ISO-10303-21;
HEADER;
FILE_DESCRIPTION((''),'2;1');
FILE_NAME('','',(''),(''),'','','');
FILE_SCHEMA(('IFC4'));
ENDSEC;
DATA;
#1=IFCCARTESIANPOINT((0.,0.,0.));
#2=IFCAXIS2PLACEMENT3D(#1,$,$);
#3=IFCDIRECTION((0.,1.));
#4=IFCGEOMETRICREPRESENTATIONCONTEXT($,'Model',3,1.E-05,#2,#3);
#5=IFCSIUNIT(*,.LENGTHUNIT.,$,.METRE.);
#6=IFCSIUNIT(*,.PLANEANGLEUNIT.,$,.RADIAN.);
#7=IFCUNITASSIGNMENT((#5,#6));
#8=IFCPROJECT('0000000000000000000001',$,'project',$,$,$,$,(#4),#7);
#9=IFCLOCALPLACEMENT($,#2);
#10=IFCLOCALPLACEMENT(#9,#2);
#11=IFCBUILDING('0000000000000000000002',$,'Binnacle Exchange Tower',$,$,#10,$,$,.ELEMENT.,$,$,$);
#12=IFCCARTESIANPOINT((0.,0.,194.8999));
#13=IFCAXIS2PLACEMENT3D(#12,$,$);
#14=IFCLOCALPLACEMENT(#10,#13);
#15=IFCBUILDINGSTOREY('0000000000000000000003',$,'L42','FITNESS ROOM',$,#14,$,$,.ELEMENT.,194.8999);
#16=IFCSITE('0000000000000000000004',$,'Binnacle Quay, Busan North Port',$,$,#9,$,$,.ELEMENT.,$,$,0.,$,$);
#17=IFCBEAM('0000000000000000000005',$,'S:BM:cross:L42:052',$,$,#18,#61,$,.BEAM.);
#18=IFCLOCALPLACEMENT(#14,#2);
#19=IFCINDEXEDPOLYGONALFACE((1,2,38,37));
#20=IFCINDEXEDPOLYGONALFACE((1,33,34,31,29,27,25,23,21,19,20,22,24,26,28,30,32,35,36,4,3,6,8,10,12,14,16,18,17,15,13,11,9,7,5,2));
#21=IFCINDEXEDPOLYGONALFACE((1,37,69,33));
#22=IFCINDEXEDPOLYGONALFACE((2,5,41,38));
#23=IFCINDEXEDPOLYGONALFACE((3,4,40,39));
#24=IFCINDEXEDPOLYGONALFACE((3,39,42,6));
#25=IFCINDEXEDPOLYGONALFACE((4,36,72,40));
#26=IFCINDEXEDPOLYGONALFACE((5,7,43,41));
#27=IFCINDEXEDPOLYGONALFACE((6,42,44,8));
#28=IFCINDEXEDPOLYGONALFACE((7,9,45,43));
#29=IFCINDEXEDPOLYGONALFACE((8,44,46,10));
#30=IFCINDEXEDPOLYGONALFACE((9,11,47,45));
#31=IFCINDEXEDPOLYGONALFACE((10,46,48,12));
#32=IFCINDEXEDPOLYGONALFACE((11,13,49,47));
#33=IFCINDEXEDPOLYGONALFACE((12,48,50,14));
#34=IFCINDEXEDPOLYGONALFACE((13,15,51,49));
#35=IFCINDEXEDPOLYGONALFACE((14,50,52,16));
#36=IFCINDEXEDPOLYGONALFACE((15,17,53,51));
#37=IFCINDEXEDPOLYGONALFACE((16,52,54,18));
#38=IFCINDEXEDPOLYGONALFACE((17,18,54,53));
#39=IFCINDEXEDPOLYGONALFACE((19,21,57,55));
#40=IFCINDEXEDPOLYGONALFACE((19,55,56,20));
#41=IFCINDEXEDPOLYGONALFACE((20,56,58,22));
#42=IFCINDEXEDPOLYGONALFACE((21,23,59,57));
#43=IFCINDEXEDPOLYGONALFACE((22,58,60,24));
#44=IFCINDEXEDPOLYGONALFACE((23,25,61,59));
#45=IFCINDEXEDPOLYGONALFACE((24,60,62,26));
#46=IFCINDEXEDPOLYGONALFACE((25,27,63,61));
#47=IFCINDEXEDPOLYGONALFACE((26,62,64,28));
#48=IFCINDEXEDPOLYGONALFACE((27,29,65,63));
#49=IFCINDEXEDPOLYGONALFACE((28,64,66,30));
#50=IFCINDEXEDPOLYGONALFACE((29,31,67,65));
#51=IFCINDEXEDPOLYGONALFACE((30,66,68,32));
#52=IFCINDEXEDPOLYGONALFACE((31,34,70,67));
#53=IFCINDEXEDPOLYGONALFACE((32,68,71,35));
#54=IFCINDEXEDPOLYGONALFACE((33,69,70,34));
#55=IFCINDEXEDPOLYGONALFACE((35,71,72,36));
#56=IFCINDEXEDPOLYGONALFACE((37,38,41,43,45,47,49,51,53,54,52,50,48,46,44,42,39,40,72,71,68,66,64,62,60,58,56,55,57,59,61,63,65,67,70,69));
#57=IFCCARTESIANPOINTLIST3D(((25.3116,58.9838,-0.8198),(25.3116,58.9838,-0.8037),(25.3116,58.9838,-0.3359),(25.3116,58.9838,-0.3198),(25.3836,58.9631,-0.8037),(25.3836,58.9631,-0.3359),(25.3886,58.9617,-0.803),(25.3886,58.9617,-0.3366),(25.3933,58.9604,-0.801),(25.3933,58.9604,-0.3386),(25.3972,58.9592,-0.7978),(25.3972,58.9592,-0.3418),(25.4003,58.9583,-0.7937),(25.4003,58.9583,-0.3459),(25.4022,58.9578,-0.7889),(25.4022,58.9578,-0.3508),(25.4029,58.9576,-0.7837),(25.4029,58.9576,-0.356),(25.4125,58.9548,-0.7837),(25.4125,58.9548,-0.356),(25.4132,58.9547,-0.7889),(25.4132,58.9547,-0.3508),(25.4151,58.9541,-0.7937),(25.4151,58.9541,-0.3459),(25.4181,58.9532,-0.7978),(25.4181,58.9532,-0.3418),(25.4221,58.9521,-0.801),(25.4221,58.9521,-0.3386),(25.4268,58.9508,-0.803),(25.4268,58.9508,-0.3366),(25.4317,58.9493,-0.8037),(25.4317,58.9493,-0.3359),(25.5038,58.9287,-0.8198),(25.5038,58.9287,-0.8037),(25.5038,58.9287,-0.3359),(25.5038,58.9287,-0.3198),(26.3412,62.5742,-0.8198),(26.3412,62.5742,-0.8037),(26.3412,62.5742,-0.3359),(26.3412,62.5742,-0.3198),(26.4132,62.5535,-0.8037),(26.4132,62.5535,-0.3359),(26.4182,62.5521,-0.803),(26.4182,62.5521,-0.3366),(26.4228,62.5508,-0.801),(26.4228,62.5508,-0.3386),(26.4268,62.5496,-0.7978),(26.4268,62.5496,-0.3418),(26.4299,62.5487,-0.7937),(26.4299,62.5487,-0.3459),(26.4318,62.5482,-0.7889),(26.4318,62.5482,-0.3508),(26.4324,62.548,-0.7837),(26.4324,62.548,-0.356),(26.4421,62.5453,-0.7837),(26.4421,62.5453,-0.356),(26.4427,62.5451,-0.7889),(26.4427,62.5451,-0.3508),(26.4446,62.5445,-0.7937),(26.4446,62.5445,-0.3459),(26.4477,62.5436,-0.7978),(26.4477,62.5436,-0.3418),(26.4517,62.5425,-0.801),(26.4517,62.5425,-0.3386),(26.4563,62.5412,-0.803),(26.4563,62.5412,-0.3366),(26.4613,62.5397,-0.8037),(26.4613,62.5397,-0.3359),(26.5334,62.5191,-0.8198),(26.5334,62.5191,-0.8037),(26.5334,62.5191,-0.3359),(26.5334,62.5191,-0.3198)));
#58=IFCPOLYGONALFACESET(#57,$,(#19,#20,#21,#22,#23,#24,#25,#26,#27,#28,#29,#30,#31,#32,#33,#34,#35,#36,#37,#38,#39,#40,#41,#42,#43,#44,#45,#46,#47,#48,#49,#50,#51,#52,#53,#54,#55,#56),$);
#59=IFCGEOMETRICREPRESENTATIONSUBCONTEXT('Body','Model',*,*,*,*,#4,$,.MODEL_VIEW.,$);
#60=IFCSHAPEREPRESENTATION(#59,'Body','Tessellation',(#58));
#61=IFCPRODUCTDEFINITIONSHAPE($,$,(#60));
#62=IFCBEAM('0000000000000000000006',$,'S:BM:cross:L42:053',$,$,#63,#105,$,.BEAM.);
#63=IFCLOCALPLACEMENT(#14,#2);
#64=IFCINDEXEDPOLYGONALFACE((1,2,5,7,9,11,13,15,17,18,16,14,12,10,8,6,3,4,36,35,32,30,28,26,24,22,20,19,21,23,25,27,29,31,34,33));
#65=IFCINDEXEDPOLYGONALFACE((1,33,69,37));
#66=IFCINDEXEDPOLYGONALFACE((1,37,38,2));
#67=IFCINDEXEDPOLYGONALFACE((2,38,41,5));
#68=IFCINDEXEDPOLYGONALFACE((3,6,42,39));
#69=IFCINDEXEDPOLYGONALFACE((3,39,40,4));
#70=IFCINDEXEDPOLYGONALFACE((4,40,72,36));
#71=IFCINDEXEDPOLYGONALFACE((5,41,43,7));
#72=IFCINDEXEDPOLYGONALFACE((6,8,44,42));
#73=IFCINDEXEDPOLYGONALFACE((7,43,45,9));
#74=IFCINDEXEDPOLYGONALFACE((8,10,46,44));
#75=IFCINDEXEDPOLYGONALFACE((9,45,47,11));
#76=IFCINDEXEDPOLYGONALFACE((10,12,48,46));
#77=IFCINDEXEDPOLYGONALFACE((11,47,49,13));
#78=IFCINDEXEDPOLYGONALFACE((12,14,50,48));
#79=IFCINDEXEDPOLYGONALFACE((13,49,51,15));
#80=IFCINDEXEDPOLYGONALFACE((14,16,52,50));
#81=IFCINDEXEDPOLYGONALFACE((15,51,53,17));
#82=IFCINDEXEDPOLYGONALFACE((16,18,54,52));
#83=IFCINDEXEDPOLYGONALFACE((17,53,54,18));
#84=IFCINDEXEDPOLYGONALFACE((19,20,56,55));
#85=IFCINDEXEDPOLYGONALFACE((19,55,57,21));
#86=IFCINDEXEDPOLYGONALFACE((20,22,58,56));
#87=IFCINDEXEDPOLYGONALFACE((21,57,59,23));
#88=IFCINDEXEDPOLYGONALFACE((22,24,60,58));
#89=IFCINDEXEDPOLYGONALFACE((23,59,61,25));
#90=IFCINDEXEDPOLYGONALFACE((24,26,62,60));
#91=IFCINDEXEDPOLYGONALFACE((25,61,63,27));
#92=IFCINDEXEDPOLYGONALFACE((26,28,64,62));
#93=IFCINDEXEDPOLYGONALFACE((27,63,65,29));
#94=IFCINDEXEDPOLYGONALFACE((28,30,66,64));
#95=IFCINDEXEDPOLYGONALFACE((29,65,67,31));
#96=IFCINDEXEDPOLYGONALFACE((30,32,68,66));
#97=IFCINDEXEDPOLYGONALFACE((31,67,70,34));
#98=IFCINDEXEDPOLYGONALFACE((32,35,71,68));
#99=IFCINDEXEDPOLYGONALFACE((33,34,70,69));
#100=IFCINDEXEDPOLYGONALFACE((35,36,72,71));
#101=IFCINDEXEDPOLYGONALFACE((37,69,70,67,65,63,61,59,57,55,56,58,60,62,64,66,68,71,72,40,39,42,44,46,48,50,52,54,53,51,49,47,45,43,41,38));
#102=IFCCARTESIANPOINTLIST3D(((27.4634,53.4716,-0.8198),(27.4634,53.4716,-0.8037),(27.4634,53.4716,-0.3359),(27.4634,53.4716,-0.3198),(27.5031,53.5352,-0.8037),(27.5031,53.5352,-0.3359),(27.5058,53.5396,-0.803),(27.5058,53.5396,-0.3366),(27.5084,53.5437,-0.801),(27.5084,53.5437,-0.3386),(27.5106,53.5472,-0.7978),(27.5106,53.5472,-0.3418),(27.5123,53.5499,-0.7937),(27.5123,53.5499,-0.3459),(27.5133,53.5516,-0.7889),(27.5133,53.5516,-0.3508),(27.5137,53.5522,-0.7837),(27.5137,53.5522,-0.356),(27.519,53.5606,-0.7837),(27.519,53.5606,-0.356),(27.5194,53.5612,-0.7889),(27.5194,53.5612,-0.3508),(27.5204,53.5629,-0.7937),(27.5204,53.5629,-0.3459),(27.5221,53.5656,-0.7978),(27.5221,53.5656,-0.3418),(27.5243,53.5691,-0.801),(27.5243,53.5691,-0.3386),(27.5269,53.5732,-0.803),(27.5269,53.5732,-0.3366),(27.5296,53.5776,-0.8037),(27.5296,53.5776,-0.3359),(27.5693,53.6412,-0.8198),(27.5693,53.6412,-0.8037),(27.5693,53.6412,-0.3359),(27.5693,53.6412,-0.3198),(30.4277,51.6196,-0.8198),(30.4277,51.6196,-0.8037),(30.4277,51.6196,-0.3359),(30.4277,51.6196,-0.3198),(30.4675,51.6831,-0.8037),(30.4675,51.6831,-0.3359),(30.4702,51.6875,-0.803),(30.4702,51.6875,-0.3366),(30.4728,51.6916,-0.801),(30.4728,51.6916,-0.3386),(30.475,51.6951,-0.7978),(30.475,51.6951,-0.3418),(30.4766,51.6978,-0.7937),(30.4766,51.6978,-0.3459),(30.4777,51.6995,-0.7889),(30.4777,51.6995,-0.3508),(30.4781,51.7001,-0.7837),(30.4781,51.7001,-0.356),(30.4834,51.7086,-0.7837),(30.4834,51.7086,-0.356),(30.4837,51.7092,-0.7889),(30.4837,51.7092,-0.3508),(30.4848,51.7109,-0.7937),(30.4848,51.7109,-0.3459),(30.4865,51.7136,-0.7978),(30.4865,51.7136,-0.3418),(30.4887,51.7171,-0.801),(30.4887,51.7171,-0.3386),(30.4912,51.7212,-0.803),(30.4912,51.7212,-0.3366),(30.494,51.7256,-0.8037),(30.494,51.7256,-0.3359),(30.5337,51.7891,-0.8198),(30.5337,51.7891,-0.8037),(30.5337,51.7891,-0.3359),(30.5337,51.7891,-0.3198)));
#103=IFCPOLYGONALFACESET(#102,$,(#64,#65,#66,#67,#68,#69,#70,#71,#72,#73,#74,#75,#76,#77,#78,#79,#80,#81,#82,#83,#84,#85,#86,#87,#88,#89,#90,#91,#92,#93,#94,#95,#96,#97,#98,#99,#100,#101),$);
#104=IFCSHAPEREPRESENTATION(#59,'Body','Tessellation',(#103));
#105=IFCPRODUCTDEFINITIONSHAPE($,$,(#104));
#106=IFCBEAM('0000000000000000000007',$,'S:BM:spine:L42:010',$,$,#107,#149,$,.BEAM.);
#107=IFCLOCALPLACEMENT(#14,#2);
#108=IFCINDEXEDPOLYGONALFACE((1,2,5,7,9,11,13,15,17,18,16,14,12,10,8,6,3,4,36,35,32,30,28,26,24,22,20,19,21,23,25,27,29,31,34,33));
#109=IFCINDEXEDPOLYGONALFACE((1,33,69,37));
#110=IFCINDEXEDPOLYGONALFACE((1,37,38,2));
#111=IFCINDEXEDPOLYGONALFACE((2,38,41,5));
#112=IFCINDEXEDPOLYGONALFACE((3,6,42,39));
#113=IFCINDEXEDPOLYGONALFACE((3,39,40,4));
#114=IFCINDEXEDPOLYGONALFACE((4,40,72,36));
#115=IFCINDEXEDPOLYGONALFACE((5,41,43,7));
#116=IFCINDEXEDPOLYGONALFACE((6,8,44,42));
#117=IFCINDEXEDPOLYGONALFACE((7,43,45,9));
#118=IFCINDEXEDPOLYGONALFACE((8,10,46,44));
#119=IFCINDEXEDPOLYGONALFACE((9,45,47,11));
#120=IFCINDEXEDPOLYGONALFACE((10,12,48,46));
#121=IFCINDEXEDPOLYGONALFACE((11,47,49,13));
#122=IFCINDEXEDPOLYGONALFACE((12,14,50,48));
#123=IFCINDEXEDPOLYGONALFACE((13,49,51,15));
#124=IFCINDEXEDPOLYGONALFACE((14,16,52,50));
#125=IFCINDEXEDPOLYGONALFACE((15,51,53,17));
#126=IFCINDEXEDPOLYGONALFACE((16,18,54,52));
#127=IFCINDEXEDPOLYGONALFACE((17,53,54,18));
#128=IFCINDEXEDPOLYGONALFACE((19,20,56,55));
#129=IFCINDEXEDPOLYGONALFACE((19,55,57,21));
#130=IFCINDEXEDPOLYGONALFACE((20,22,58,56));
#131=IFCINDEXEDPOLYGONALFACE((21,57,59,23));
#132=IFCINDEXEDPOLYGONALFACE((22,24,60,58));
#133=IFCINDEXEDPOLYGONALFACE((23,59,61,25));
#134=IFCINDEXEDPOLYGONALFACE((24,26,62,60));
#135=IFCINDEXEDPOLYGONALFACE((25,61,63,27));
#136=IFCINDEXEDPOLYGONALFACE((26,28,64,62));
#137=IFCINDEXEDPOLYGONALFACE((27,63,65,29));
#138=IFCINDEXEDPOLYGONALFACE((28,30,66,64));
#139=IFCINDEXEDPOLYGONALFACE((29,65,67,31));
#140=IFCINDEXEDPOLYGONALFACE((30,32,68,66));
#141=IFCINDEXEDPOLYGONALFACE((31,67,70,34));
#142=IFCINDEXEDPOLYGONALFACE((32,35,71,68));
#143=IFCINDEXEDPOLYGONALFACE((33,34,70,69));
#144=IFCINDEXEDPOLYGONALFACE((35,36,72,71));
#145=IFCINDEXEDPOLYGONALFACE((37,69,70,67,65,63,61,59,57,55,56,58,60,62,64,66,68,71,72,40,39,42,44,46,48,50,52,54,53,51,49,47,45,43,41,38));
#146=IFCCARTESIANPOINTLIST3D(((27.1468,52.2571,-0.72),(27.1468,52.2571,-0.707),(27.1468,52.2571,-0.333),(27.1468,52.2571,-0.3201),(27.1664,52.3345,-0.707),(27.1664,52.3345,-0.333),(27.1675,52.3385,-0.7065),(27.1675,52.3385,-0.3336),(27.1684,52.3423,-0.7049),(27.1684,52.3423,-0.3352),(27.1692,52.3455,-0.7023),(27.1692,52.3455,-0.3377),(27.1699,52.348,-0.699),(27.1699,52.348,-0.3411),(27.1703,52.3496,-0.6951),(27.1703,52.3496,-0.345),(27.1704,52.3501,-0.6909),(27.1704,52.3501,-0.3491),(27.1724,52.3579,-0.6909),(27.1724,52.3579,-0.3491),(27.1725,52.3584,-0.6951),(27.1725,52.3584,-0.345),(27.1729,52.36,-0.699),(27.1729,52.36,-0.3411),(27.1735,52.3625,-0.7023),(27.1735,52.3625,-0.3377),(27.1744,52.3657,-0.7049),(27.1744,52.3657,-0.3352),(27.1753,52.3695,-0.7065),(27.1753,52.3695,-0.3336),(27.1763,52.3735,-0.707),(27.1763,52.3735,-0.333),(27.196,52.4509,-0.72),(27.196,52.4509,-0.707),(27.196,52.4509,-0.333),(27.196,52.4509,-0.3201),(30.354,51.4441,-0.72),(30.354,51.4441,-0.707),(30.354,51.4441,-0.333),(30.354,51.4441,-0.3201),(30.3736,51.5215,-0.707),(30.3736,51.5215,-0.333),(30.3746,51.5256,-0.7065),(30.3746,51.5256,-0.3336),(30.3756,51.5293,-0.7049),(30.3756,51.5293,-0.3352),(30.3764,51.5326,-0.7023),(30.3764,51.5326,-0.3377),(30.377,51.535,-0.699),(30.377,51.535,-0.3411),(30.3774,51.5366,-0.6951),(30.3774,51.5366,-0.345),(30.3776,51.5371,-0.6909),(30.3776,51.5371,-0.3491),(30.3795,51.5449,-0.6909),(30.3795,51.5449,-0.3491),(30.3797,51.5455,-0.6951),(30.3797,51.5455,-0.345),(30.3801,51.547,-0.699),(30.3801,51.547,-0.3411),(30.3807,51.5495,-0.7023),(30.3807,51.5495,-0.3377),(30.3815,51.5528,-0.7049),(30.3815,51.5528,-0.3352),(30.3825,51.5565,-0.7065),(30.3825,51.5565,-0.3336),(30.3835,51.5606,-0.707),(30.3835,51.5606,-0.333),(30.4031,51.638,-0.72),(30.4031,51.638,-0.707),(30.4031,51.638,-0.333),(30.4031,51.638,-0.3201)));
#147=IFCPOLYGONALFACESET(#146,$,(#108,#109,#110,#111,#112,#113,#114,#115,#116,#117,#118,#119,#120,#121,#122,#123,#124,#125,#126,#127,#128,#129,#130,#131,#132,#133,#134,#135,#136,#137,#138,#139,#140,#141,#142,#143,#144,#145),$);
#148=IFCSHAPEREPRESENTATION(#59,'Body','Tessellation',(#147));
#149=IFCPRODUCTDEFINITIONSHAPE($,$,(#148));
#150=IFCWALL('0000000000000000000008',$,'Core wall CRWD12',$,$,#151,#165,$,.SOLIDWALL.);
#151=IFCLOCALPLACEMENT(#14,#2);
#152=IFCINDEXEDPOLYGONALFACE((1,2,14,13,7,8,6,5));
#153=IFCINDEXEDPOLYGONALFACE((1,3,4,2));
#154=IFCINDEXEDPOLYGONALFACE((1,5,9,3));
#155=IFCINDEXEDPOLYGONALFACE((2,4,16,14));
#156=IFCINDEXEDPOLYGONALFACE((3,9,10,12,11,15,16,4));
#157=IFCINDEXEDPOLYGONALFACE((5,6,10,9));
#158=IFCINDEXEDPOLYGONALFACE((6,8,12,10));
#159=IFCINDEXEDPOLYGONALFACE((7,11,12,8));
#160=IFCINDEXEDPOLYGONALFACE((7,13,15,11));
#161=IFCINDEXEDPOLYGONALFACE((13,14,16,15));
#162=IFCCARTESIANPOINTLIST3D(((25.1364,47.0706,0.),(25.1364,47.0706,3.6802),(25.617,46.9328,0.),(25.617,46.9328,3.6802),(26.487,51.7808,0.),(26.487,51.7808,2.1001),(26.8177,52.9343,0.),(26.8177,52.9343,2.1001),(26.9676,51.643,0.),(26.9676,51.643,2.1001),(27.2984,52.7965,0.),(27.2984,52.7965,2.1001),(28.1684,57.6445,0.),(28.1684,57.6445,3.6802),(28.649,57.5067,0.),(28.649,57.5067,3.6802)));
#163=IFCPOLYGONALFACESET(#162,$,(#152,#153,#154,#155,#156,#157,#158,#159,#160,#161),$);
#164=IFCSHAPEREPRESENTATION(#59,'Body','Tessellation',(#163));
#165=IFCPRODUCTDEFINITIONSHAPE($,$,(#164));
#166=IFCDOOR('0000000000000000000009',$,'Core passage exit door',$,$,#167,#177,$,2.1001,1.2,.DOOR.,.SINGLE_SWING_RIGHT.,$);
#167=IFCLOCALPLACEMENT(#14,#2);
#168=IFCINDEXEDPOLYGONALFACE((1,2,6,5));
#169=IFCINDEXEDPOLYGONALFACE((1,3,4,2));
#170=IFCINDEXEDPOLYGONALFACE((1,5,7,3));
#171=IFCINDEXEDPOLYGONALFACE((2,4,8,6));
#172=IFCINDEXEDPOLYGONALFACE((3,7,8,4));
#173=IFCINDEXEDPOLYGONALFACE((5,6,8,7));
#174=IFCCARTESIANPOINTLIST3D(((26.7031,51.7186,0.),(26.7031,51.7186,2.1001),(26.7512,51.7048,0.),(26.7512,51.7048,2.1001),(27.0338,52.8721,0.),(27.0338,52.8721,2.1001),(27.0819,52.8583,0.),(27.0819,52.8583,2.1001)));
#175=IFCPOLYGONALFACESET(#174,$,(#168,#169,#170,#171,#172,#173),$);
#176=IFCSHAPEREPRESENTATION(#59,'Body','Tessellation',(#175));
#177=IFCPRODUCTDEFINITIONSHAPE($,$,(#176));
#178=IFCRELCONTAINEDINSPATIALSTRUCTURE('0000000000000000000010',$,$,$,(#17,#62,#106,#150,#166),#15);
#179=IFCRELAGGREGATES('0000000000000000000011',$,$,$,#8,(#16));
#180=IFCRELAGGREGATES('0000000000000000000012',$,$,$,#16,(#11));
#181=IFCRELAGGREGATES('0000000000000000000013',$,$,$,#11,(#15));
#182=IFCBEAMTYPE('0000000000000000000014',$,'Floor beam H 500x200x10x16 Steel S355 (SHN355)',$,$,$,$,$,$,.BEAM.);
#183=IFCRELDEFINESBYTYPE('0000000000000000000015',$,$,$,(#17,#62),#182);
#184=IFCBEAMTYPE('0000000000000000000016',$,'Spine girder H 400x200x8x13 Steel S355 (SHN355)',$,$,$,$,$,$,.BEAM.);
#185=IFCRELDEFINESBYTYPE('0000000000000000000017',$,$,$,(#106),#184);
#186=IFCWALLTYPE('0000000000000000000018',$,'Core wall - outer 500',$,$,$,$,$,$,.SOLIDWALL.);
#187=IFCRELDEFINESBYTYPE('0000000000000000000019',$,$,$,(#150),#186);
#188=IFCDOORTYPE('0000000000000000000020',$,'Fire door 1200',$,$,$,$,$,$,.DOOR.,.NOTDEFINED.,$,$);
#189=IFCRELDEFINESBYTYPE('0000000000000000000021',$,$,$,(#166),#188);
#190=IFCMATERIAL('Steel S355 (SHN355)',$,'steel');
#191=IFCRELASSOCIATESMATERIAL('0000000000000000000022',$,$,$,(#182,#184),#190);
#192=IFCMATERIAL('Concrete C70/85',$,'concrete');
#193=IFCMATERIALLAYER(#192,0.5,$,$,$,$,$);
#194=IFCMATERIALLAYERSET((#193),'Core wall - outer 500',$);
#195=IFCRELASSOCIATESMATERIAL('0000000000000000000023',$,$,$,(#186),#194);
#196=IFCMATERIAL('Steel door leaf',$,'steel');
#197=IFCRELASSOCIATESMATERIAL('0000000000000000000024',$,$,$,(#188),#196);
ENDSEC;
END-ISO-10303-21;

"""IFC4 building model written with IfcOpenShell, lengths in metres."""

from ifc_helpers import new_model, si_unit, direction, frame, frame_2d, origin, origin_2d, place, context, subcontext, project, spatial, rectangle, i_section, extrude, material, layer, layer_set, material_profile, profile_set, type_object, element, fill, save


model = new_model("IFC4")

# Units and contexts
model_context = context("Model", 3, precision=1e-05, world=origin(), true_north=direction((0.0, 1.0)))
body_context = subcontext(model_context, "Body", "Model", "MODEL_VIEW")
ifc_project = project(units=[si_unit("LENGTHUNIT", "METRE"), si_unit("PLANEANGLEUNIT", "RADIAN")], contexts=[model_context])

# Site, building, storey
site_placement = place(None, origin())
site = spatial("IfcSite", under=ifc_project, at=site_placement, Name="Binnacle Quay, Busan North Port", CompositionType="ELEMENT", RefElevation=0.0)
building_placement = place(site_placement, origin())
building = spatial("IfcBuilding", under=site, at=building_placement, Name="Binnacle Exchange Tower", CompositionType="ELEMENT")
storey_placement = place(building_placement, frame((0.0, 0.0, 194.8999)))
storey = spatial("IfcBuildingStorey", under=building, at=storey_placement, Name="L42", Description="FITNESS ROOM", CompositionType="ELEMENT", Elevation=194.8999)

# Shared definitions
ifc_material_1 = material(Name="Concrete C70/85", Category="concrete")

# Beams
ifc_material_2 = material(Name="Steel S355 (SHN355)", Category="steel")
ifc_material_profile_1 = material_profile(ifc_material_2, i_section(OverallWidth=0.2, OverallDepth=0.5, WebThickness=0.01, FlangeThickness=0.0161, FilletRadius=0.02, at=origin_2d()), Name="H 500x200x10x16")
ifc_profile_set_1 = profile_set([ifc_material_profile_1], Name="Steel S355 (SHN355)")
beam_type_1 = type_object("IfcBeamType", Name="Floor beam H 500x200x10x16 Steel S355 (SHN355)", PredefinedType="BEAM", material=ifc_profile_set_1)
beam_1_placement = place(storey_placement, frame((26.4373, 62.5466, -0.5698), z_axis=(-0.275645, -0.96126, 0.0), x_axis=(0.96126, -0.275645, 0.0)))
element("IfcBeam", 1, at=beam_1_placement, inside=storey, type_object=beam_type_1, Name="S:BM:cross:L42:052", PredefinedType="BEAM", context=body_context, shape_type="SweptSolid", body=[
    extrude(i_section(OverallWidth=0.2, OverallDepth=0.5, WebThickness=0.01, FlangeThickness=0.0161, FilletRadius=0.02, at=origin_2d()), origin(), (0.0, 0.0, 1.0), 3.7351),
])
beam_2_placement = place(storey_placement, frame((30.4807, 51.7043, -0.5698), z_axis=(-0.848085, 0.529861, 0.0), x_axis=(-0.529861, -0.848085, 0.0)))
element("IfcBeam", 2, at=beam_2_placement, inside=storey, type_object=beam_type_1, Name="S:BM:cross:L42:053", PredefinedType="BEAM", context=body_context, shape_type="SweptSolid", body=[
    extrude(i_section(OverallWidth=0.2, OverallDepth=0.5, WebThickness=0.01, FlangeThickness=0.0161, FilletRadius=0.02, at=origin_2d()), origin(), (0.0, 0.0, 1.0), 3.4954),
])
ifc_material_profile_2 = material_profile(ifc_material_2, i_section(OverallWidth=0.2, OverallDepth=0.3999, WebThickness=0.0081, FlangeThickness=0.0129, FilletRadius=0.0161, at=origin_2d()), Name="H 400x200x8x13")
ifc_profile_set_2 = profile_set([ifc_material_profile_2], Name="Steel S355 (SHN355)")
beam_type_2 = type_object("IfcBeamType", Name="Spine girder H 400x200x8x13 Steel S355 (SHN355)", PredefinedType="BEAM", material=ifc_profile_set_2)
beam_3_placement = place(storey_placement, frame((27.1714, 52.354, -0.52), z_axis=(0.969343, -0.245712, 0.0), x_axis=(0.245712, 0.969343, 0.0)))
element("IfcBeam", 3, at=beam_3_placement, inside=storey, type_object=beam_type_2, Name="S:BM:spine:L42:010", PredefinedType="BEAM", context=body_context, shape_type="SweptSolid", body=[
    extrude(i_section(OverallWidth=0.2, OverallDepth=0.3999, WebThickness=0.0081, FlangeThickness=0.0129, FilletRadius=0.0161, at=origin_2d()), origin(), (0.0, 0.0, 1.0), 3.3086),
])

# Wall, opening, door
ifc_layer_1 = layer(ifc_material_1, 0.5)
ifc_layer_set_1 = layer_set([ifc_layer_1], Name="Core wall - outer 500")
wall_type_1 = type_object("IfcWallType", Name="Core wall - outer 500", PredefinedType="SOLIDWALL", material=ifc_layer_set_1)
wall_1_placement = place(storey_placement, frame((25.3767, 47.0017, 0.0), z_axis=(0.0, 0.0, 1.0), x_axis=(0.275633, 0.961263, 0.0)))
wall_1 = element("IfcWall", 4, at=wall_1_placement, inside=storey, type_object=wall_type_1, Name="Core wall CRWD12", PredefinedType="SOLIDWALL", context=body_context, shape_type="SweptSolid", body=[
    extrude(rectangle(XDim=11.0, YDim=0.5, at=frame_2d((5.5, 0.0))), origin(), (0.0, 0.0, 1.0), 3.6802),
])
opening_1_placement = place(wall_1_placement, frame((4.8999, 0.0, 0.0)))
opening_1 = element("IfcOpeningElement", 5, at=opening_1_placement, cuts=wall_1, PredefinedType="OPENING", context=body_context, shape_type="SweptSolid", body=[
    extrude(rectangle(XDim=1.2, YDim=2.1001, at=frame_2d((0.6001, 1.05))), frame((0.0, 0.26, 0.0), z_axis=(0.0, -1.0, 0.0), x_axis=(1.0, 0.0, 0.0)), (0.0, 0.0, 1.0), 0.52),
])
ifc_material_3 = material(Name="Steel door leaf", Category="steel")
door_type_1 = type_object("IfcDoorType", Name="Fire door 1200", OperationType="NOTDEFINED", PredefinedType="DOOR", material=ifc_material_3)
door_1_placement = place(opening_1_placement, frame((1.2, 0.0, 0.0), z_axis=(0.0, 0.0, 1.0), x_axis=(-1.0, 0.0, 0.0)))
door_1 = element("IfcDoor", 6, at=door_1_placement, inside=storey, type_object=door_type_1, Name="Core passage exit door", OperationType="SINGLE_SWING_RIGHT", OverallHeight=2.1001, OverallWidth=1.2, PredefinedType="DOOR", context=body_context, shape_type="SweptSolid", body=[
    extrude(rectangle(XDim=1.2, YDim=2.1001, at=frame_2d((0.6001, 1.05))), frame((0.0, 0.0249, 0.0), z_axis=(0.0, -1.0, 0.0), x_axis=(1.0, 0.0, 0.0)), (0.0, 0.0, 1.0), 0.05),
])
fill(opening_1, door_1)

save(model, "model.ifc")
